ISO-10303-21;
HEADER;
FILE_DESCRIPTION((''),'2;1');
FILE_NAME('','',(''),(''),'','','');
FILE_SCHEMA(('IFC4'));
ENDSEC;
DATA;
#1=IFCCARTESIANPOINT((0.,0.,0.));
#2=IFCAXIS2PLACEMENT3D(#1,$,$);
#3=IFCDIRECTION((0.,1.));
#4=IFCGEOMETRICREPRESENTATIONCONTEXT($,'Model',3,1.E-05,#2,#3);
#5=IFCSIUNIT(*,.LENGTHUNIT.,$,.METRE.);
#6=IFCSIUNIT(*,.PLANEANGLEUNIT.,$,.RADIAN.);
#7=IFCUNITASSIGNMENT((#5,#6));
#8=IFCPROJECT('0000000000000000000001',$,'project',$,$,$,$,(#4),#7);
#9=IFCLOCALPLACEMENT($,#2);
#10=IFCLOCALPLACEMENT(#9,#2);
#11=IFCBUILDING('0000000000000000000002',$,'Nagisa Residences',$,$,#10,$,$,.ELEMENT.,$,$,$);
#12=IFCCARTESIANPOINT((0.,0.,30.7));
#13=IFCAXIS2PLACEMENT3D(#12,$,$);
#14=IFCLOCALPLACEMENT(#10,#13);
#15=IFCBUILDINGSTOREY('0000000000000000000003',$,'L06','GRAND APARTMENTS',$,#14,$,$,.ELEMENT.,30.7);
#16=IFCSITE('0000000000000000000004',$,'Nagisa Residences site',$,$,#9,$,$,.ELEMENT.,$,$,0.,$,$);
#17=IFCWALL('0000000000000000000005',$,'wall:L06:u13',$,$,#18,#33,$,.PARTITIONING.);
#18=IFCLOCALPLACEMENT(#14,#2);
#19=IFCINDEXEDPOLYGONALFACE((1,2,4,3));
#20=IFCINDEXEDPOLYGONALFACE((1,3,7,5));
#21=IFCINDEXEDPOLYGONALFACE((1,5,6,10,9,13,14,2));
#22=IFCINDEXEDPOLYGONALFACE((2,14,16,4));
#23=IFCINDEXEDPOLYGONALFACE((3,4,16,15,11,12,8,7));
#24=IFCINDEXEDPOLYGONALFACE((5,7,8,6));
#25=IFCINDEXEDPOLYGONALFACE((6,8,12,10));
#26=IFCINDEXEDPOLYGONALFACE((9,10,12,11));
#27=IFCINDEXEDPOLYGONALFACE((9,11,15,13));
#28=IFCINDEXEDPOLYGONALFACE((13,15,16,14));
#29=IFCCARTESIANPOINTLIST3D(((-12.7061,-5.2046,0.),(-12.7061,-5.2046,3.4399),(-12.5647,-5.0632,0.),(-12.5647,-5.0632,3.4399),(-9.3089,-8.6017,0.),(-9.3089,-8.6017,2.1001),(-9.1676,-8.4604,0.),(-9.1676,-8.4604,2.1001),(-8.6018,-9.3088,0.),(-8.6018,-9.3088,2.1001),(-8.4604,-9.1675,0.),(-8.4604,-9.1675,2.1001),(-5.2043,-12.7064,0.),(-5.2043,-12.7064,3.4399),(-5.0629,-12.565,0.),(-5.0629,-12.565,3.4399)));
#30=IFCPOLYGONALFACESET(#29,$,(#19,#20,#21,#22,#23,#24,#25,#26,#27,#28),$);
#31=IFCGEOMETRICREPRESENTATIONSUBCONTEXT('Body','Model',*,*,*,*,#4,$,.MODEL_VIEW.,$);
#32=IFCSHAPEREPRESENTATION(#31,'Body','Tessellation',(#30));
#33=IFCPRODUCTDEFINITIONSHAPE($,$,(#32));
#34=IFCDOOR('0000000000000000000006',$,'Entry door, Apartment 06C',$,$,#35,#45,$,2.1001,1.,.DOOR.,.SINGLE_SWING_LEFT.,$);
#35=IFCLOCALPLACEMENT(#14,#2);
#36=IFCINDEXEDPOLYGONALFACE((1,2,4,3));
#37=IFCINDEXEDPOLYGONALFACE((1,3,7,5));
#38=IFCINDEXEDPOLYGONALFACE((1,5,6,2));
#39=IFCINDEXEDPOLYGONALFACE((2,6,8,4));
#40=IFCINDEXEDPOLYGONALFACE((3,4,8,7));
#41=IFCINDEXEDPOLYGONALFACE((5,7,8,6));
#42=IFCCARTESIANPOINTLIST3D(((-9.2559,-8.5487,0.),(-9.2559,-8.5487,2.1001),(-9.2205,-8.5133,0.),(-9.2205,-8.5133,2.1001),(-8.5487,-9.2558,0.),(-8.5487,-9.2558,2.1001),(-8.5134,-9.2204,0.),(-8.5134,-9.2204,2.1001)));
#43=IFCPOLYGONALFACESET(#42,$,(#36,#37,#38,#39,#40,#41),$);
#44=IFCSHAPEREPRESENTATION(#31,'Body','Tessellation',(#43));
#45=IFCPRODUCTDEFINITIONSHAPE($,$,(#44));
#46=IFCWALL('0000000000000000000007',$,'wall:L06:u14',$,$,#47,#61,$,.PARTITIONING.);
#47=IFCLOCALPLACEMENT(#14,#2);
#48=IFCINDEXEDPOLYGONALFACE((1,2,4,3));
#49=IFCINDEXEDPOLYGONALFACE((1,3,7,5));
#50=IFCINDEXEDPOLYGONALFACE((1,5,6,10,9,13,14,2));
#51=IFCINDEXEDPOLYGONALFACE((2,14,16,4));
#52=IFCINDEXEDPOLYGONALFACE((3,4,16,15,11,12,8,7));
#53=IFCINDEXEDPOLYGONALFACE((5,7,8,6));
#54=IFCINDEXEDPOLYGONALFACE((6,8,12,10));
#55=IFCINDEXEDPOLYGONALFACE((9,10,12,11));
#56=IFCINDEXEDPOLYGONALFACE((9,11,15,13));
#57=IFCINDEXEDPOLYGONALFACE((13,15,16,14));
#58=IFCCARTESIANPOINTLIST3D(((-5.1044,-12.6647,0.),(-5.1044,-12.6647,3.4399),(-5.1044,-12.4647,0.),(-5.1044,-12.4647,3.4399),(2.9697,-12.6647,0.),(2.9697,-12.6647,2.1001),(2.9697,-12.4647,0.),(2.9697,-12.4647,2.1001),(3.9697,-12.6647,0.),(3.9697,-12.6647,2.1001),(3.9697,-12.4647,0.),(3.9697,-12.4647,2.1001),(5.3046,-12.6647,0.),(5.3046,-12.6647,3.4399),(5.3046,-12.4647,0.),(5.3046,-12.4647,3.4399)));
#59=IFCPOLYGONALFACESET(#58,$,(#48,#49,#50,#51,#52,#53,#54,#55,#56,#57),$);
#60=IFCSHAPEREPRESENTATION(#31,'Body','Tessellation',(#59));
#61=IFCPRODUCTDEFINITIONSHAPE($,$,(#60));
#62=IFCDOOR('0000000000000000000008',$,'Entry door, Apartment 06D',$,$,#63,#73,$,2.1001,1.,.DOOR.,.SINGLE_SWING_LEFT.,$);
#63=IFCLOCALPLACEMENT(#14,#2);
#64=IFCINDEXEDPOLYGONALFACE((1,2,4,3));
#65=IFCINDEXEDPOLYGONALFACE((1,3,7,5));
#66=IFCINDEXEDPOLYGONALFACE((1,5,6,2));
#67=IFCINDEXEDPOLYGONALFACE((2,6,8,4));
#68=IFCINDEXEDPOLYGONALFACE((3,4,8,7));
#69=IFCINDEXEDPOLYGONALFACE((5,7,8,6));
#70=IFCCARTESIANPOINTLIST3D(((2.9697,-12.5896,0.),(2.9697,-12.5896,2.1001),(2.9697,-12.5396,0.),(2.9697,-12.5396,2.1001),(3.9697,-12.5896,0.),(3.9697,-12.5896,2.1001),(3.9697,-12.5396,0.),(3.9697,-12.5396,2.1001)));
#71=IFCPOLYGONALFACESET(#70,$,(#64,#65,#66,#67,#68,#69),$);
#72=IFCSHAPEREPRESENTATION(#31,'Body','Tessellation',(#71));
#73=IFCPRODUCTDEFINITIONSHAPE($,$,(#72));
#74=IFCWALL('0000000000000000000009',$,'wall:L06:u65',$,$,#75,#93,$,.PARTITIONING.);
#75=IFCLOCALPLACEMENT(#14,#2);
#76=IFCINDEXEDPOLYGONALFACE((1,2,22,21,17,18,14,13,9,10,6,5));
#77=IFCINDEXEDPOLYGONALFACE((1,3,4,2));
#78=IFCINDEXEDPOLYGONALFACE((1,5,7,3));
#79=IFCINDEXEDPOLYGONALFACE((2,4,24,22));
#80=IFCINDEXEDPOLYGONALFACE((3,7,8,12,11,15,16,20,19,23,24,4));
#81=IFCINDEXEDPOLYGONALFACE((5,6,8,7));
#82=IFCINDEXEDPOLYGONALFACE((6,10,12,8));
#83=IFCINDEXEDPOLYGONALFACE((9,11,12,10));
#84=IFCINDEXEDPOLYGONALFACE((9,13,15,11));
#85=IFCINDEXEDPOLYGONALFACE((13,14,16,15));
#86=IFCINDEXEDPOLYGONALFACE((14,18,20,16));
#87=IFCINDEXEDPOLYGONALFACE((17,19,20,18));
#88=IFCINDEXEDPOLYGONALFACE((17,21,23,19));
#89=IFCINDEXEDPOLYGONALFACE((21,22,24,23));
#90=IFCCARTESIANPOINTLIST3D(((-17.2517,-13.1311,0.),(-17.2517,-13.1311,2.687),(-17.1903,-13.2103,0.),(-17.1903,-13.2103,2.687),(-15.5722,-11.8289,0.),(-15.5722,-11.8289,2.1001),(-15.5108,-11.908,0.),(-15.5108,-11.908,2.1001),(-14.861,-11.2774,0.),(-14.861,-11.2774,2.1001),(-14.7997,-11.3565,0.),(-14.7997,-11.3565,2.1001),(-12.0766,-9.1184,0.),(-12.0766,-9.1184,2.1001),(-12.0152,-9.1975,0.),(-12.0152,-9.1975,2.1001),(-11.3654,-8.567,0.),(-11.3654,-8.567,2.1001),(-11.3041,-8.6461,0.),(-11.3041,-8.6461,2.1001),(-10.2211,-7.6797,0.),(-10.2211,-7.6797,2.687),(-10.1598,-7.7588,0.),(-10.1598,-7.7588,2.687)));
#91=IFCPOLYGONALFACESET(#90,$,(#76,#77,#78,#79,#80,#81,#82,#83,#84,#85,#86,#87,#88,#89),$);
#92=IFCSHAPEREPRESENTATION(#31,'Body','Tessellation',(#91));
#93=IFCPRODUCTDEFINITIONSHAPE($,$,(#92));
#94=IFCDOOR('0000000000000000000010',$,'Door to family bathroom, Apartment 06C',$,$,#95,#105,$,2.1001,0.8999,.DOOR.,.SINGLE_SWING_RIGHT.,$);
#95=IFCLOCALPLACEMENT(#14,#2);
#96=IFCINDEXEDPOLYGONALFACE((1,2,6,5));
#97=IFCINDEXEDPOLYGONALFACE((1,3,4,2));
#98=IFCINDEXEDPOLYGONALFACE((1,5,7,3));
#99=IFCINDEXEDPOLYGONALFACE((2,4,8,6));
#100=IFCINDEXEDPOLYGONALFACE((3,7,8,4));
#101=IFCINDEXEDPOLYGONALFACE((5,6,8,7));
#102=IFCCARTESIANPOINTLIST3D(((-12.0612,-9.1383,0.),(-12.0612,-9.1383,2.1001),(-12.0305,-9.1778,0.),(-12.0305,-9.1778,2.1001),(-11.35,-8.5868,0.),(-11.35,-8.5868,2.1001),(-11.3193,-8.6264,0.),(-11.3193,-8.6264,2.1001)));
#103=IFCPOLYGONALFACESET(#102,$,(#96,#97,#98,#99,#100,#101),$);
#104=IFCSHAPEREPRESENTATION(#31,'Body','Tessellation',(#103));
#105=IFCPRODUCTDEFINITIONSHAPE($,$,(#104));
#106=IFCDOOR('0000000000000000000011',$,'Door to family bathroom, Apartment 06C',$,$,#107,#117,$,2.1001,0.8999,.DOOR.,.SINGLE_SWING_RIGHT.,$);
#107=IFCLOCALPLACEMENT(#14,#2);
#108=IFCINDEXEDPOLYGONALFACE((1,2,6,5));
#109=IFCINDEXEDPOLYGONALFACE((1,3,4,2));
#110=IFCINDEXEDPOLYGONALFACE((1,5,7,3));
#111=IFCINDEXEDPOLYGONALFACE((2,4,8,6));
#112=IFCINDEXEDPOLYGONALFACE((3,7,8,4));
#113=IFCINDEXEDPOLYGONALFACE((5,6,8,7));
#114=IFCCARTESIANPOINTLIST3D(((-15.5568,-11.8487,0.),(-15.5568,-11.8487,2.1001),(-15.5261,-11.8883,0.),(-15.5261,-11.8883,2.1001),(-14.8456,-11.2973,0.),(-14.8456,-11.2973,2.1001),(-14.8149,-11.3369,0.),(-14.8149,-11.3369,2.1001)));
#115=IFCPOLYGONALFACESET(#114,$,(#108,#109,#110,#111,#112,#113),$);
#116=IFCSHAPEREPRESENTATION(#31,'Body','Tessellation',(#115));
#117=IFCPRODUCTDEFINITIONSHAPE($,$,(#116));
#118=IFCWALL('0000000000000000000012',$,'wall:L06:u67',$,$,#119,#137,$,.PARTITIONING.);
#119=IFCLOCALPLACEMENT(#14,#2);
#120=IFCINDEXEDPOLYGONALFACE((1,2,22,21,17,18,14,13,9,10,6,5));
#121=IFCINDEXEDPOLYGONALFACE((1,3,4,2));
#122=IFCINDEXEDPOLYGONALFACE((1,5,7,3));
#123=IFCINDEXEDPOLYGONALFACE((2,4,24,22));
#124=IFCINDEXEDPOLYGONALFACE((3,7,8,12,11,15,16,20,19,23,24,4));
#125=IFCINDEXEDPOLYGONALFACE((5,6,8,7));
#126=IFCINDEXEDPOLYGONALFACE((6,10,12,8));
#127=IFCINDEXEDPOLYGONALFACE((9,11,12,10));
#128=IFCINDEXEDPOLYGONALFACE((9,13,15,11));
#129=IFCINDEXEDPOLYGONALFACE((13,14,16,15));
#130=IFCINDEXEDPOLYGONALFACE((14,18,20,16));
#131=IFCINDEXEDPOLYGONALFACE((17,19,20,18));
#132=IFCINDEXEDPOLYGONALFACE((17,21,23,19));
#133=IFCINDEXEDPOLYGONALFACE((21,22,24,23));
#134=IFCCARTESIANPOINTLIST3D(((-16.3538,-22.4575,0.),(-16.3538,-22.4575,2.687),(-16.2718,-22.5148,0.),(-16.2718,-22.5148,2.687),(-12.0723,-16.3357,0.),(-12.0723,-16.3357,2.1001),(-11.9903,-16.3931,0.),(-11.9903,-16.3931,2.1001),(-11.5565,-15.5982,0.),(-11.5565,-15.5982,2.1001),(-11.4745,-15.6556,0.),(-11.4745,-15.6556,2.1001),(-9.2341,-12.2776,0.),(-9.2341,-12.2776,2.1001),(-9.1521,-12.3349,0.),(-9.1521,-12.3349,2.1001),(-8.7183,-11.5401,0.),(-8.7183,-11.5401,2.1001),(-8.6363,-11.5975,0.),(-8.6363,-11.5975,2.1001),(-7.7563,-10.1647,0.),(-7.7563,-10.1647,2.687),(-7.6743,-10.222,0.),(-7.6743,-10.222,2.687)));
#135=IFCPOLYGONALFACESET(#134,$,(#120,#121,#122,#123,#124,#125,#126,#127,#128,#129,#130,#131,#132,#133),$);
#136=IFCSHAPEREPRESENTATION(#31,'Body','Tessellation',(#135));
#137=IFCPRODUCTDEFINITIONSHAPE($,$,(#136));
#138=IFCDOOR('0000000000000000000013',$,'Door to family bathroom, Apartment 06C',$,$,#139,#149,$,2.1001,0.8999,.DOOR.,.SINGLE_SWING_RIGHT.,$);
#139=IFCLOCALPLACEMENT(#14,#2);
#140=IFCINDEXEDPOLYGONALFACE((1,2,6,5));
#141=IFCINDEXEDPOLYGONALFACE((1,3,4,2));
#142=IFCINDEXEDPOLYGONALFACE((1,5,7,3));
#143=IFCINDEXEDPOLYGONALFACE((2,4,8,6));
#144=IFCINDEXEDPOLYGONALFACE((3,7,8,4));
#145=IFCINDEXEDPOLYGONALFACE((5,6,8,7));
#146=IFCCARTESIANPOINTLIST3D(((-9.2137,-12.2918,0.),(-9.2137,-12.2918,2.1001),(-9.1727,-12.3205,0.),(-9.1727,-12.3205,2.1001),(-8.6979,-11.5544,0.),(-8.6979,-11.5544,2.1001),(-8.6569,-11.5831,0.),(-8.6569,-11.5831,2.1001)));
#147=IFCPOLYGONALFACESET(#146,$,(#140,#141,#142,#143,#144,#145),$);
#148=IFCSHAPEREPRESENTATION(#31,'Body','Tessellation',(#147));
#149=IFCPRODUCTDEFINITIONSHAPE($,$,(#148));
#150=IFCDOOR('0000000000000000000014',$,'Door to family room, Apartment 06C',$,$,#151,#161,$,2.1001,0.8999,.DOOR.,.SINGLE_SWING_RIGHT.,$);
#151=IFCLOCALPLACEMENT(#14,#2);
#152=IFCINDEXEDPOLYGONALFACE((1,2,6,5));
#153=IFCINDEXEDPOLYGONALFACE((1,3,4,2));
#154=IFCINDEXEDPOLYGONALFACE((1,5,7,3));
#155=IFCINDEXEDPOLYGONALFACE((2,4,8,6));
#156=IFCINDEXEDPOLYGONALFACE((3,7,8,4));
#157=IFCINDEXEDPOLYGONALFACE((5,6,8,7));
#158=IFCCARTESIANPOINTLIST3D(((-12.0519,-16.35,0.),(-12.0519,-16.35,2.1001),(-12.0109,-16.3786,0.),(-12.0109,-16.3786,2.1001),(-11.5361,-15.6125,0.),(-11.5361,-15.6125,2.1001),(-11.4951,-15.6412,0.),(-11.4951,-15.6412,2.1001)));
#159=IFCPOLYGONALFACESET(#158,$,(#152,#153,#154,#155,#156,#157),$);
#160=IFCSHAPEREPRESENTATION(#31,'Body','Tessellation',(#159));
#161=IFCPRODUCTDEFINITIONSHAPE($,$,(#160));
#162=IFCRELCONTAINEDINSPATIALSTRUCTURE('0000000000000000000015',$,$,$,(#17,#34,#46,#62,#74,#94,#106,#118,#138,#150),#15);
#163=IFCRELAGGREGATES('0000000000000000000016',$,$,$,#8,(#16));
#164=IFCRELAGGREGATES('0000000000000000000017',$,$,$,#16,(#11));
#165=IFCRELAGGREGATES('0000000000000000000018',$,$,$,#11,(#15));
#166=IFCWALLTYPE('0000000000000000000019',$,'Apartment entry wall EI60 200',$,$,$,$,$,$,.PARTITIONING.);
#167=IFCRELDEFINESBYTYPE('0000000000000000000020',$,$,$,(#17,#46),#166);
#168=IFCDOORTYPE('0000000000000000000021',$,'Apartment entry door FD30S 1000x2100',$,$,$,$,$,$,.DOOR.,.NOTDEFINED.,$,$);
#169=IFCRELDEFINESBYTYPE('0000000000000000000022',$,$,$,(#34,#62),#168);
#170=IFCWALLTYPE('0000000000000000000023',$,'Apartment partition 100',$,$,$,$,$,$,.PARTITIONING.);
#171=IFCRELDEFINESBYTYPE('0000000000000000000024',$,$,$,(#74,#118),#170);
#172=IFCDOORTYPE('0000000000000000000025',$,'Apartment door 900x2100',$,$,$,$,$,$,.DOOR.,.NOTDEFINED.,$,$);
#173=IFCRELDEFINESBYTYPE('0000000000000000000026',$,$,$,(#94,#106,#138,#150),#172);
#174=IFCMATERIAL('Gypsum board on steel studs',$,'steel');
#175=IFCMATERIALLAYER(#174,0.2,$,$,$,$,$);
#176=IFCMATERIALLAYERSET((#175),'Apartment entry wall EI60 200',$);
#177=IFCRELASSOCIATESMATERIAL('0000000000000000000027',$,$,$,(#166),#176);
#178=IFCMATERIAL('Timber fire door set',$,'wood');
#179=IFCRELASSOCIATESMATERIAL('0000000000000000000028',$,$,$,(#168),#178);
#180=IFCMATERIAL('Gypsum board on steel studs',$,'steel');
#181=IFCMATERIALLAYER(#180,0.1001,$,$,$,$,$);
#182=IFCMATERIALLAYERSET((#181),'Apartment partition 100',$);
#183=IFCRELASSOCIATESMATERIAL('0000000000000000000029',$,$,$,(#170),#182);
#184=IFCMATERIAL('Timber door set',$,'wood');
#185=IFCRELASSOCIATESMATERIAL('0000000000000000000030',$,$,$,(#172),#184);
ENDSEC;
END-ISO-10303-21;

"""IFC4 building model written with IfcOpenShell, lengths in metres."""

from ifc_helpers import new_model, si_unit, direction, frame, frame_2d, origin, place, context, subcontext, project, spatial, rectangle, extrude, material, layer, layer_set, type_object, element, fill, save


model = new_model("IFC4")

# Units and contexts
model_context = context("Model", 3, precision=1e-05, world=origin(), true_north=direction((0.0, 1.0)))
body_context = subcontext(model_context, "Body", "Model", "MODEL_VIEW")
ifc_project = project(units=[si_unit("LENGTHUNIT", "METRE"), si_unit("PLANEANGLEUNIT", "RADIAN")], contexts=[model_context])

# Site, building, storey
site_placement = place(None, origin())
site = spatial("IfcSite", under=ifc_project, at=site_placement, Name="Nagisa Residences site", CompositionType="ELEMENT", RefElevation=0.0)
building_placement = place(site_placement, origin())
building = spatial("IfcBuilding", under=site, at=building_placement, Name="Nagisa Residences", CompositionType="ELEMENT")
storey_placement = place(building_placement, frame((0.0, 0.0, 30.7)))
storey = spatial("IfcBuildingStorey", under=building, at=storey_placement, Name="L06", Description="GRAND APARTMENTS", CompositionType="ELEMENT", Elevation=30.7)

# Walls, openings, doors
ifc_material_1 = material(Name="Gypsum board on steel studs", Category="steel")
ifc_layer_1 = layer(ifc_material_1, 0.2)
ifc_layer_set_1 = layer_set([ifc_layer_1], Name="Apartment entry wall EI60 200")
wall_type_1 = type_object("IfcWallType", Name="Apartment entry wall EI60 200", PredefinedType="PARTITIONING", material=ifc_layer_set_1)
wall_1_placement = place(storey_placement, frame((-12.6355, -5.1338, 0.0), z_axis=(0.0, 0.0, 1.0), x_axis=(0.707107, -0.707107, 0.0)))
wall_1 = element("IfcWall", 1, at=wall_1_placement, inside=storey, type_object=wall_type_1, Name="wall:L06:u13", PredefinedType="PARTITIONING", context=body_context, shape_type="SweptSolid", body=[
    extrude(rectangle(XDim=10.6091, YDim=0.2, at=frame_2d((5.3047, 0.0))), origin(), (0.0, 0.0, 1.0), 3.4399),
])
opening_1_placement = place(wall_1_placement, frame((4.8044, 0.0, 0.0)))
opening_1 = element("IfcOpeningElement", 2, at=opening_1_placement, cuts=wall_1, PredefinedType="OPENING", context=body_context, shape_type="SweptSolid", body=[
    extrude(rectangle(XDim=1.0, YDim=2.1001, at=frame_2d((0.5, 1.05))), frame((0.0, 0.1099, 0.0), z_axis=(0.0, -1.0, 0.0), x_axis=(1.0, 0.0, 0.0)), (0.0, 0.0, 1.0), 0.22),
])
ifc_material_2 = material(Name="Timber fire door set", Category="wood")
door_type_1 = type_object("IfcDoorType", Name="Apartment entry door FD30S 1000x2100", OperationType="NOTDEFINED", PredefinedType="DOOR", material=ifc_material_2)
door_1_placement = place(opening_1_placement, frame((1.0, 0.0, 0.0), x_axis=(-1.0, 0.0, 0.0)))
door_1 = element("IfcDoor", 3, at=door_1_placement, inside=storey, type_object=door_type_1, Name="Entry door, Apartment 06C", OperationType="SINGLE_SWING_LEFT", OverallHeight=2.1001, OverallWidth=1.0, PredefinedType="DOOR", context=body_context, shape_type="SweptSolid", body=[
    extrude(rectangle(XDim=1.0, YDim=2.1001, at=frame_2d((0.5, 1.05))), frame((0.0, 0.0249, 0.0), z_axis=(0.0, -1.0, 0.0), x_axis=(1.0, 0.0, 0.0)), (0.0, 0.0, 1.0), 0.05),
])
fill(opening_1, door_1)
wall_2_placement = place(storey_placement, frame((-5.1045, -12.5647, 0.0), z_axis=(0.0, 0.0, 1.0), x_axis=(1.0, 0.0, 0.0)))
wall_2 = element("IfcWall", 4, at=wall_2_placement, inside=storey, type_object=wall_type_1, Name="wall:L06:u14", PredefinedType="PARTITIONING", context=body_context, shape_type="SweptSolid", body=[
    extrude(rectangle(XDim=10.4089, YDim=0.2, at=frame_2d((5.2046, 0.0))), origin(), (0.0, 0.0, 1.0), 3.4399),
])
opening_2_placement = place(wall_2_placement, frame((8.0742, 0.0, 0.0)))
opening_2 = element("IfcOpeningElement", 5, at=opening_2_placement, cuts=wall_2, PredefinedType="OPENING", context=body_context, shape_type="SweptSolid", body=[
    extrude(rectangle(XDim=1.0, YDim=2.1001, at=frame_2d((0.5, 1.05))), frame((0.0, 0.1099, 0.0), z_axis=(0.0, -1.0, 0.0), x_axis=(1.0, 0.0, 0.0)), (0.0, 0.0, 1.0), 0.22),
])
door_2_placement = place(opening_2_placement, frame((1.0, 0.0, 0.0), x_axis=(-1.0, 0.0, 0.0)))
door_2 = element("IfcDoor", 6, at=door_2_placement, inside=storey, type_object=door_type_1, Name="Entry door, Apartment 06D", OperationType="SINGLE_SWING_LEFT", OverallHeight=2.1001, OverallWidth=1.0, PredefinedType="DOOR", context=body_context, shape_type="SweptSolid", body=[
    extrude(rectangle(XDim=1.0, YDim=2.1001, at=frame_2d((0.5, 1.05))), frame((0.0, 0.0249, 0.0), z_axis=(0.0, -1.0, 0.0), x_axis=(1.0, 0.0, 0.0)), (0.0, 0.0, 1.0), 0.05),
])
fill(opening_2, door_2)

# Walls, openings, doors
ifc_material_3 = material(Name="Gypsum board on steel studs", Category="steel")
ifc_layer_2 = layer(ifc_material_3, 0.1001)
ifc_layer_set_2 = layer_set([ifc_layer_2], Name="Apartment partition 100")
wall_type_2 = type_object("IfcWallType", Name="Apartment partition 100", PredefinedType="PARTITIONING", material=ifc_layer_set_2)
wall_3_placement = place(storey_placement, frame((-10.1904, -7.7192, 0.0), z_axis=(0.0, 0.0, 1.0), x_axis=(-0.790265, -0.612766, 0.0)))
wall_3 = element("IfcWall", 7, at=wall_3_placement, inside=storey, type_object=wall_type_2, Name="wall:L06:u65", PredefinedType="PARTITIONING", context=body_context, shape_type="SweptSolid", body=[
    extrude(rectangle(XDim=8.8965, YDim=0.1001, at=frame_2d((4.4482, 0.0))), origin(), (0.0, 0.0, 1.0), 2.687),
])
opening_3_placement = place(wall_3_placement, frame((1.448, 0.0, 0.0)))
opening_3 = element("IfcOpeningElement", 8, at=opening_3_placement, cuts=wall_3, PredefinedType="OPENING", context=body_context, shape_type="SweptSolid", body=[
    extrude(rectangle(XDim=0.8999, YDim=2.1001, at=frame_2d((0.45, 1.05))), frame((0.0, 0.0601, 0.0), z_axis=(0.0, -1.0, 0.0), x_axis=(1.0, 0.0, 0.0)), (0.0, 0.0, 1.0), 0.1201),
])
opening_4_placement = place(wall_3_placement, frame((5.8713, 0.0, 0.0)))
opening_4 = element("IfcOpeningElement", 9, at=opening_4_placement, cuts=wall_3, PredefinedType="OPENING", context=body_context, shape_type="SweptSolid", body=[
    extrude(rectangle(XDim=0.8999, YDim=2.1001, at=frame_2d((0.45, 1.05))), frame((0.0, 0.0601, 0.0), z_axis=(0.0, -1.0, 0.0), x_axis=(1.0, 0.0, 0.0)), (0.0, 0.0, 1.0), 0.1201),
])
ifc_material_4 = material(Name="Timber door set", Category="wood")
door_type_2 = type_object("IfcDoorType", Name="Apartment door 900x2100", OperationType="NOTDEFINED", PredefinedType="DOOR", material=ifc_material_4)
door_3_placement = place(opening_3_placement, frame((0.8999, 0.0, 0.0), x_axis=(-1.0, 0.0, 0.0)))
door_3 = element("IfcDoor", 10, at=door_3_placement, inside=storey, type_object=door_type_2, Name="Door to family bathroom, Apartment 06C", OperationType="SINGLE_SWING_RIGHT", OverallHeight=2.1001, OverallWidth=0.8999, PredefinedType="DOOR", context=body_context, shape_type="SweptSolid", body=[
    extrude(rectangle(XDim=0.8999, YDim=2.1001, at=frame_2d((0.45, 1.05))), frame((0.0, 0.0249, 0.0), z_axis=(0.0, -1.0, 0.0), x_axis=(1.0, 0.0, 0.0)), (0.0, 0.0, 1.0), 0.05),
])
fill(opening_3, door_3)
door_4_placement = place(opening_4_placement, frame((0.8999, 0.0, 0.0), x_axis=(-1.0, 0.0, 0.0)))
door_4 = element("IfcDoor", 11, at=door_4_placement, inside=storey, type_object=door_type_2, Name="Door to family bathroom, Apartment 06C", OperationType="SINGLE_SWING_RIGHT", OverallHeight=2.1001, OverallWidth=0.8999, PredefinedType="DOOR", context=body_context, shape_type="SweptSolid", body=[
    extrude(rectangle(XDim=0.8999, YDim=2.1001, at=frame_2d((0.45, 1.05))), frame((0.0, 0.0249, 0.0), z_axis=(0.0, -1.0, 0.0), x_axis=(1.0, 0.0, 0.0)), (0.0, 0.0, 1.0), 0.05),
])
fill(opening_4, door_4)
wall_4_placement = place(storey_placement, frame((-7.7153, -10.1934, 0.0), z_axis=(0.0, 0.0, 1.0), x_axis=(-0.573127, -0.819467, 0.0)))
wall_4 = element("IfcWall", 12, at=wall_4_placement, inside=storey, type_object=wall_type_2, Name="wall:L06:u67", PredefinedType="PARTITIONING", context=body_context, shape_type="SweptSolid", body=[
    extrude(rectangle(XDim=15.001, YDim=0.1001, at=frame_2d((7.5005, 0.0))), origin(), (0.0, 0.0, 1.0), 2.687),
])
opening_5_placement = place(wall_4_placement, frame((1.6785, 0.0, 0.0)))
opening_5 = element("IfcOpeningElement", 13, at=opening_5_placement, cuts=wall_4, PredefinedType="OPENING", context=body_context, shape_type="SweptSolid", body=[
    extrude(rectangle(XDim=0.8999, YDim=2.1001, at=frame_2d((0.45, 1.05))), frame((0.0, 0.0601, 0.0), z_axis=(0.0, -1.0, 0.0), x_axis=(1.0, 0.0, 0.0)), (0.0, 0.0, 1.0), 0.1201),
])
opening_6_placement = place(wall_4_placement, frame((6.6306, 0.0, 0.0)))
opening_6 = element("IfcOpeningElement", 14, at=opening_6_placement, cuts=wall_4, PredefinedType="OPENING", context=body_context, shape_type="SweptSolid", body=[
    extrude(rectangle(XDim=0.8999, YDim=2.1001, at=frame_2d((0.45, 1.05))), frame((0.0, 0.0601, 0.0), z_axis=(0.0, -1.0, 0.0), x_axis=(1.0, 0.0, 0.0)), (0.0, 0.0, 1.0), 0.1201),
])
door_5_placement = place(opening_5_placement, origin())
door_5 = element("IfcDoor", 15, at=door_5_placement, inside=storey, type_object=door_type_2, Name="Door to family bathroom, Apartment 06C", OperationType="SINGLE_SWING_RIGHT", OverallHeight=2.1001, OverallWidth=0.8999, PredefinedType="DOOR", context=body_context, shape_type="SweptSolid", body=[
    extrude(rectangle(XDim=0.8999, YDim=2.1001, at=frame_2d((0.45, 1.05))), frame((0.0, 0.0249, 0.0), z_axis=(0.0, -1.0, 0.0), x_axis=(1.0, 0.0, 0.0)), (0.0, 0.0, 1.0), 0.05),
])
fill(opening_5, door_5)
door_6_placement = place(opening_6_placement, origin())
door_6 = element("IfcDoor", 16, at=door_6_placement, inside=storey, type_object=door_type_2, Name="Door to family room, Apartment 06C", OperationType="SINGLE_SWING_RIGHT", OverallHeight=2.1001, OverallWidth=0.8999, PredefinedType="DOOR", context=body_context, shape_type="SweptSolid", body=[
    extrude(rectangle(XDim=0.8999, YDim=2.1001, at=frame_2d((0.45, 1.05))), frame((0.0, 0.0249, 0.0), z_axis=(0.0, -1.0, 0.0), x_axis=(1.0, 0.0, 0.0)), (0.0, 0.0, 1.0), 0.05),
])
fill(opening_6, door_6)

save(model, "model.ifc")
